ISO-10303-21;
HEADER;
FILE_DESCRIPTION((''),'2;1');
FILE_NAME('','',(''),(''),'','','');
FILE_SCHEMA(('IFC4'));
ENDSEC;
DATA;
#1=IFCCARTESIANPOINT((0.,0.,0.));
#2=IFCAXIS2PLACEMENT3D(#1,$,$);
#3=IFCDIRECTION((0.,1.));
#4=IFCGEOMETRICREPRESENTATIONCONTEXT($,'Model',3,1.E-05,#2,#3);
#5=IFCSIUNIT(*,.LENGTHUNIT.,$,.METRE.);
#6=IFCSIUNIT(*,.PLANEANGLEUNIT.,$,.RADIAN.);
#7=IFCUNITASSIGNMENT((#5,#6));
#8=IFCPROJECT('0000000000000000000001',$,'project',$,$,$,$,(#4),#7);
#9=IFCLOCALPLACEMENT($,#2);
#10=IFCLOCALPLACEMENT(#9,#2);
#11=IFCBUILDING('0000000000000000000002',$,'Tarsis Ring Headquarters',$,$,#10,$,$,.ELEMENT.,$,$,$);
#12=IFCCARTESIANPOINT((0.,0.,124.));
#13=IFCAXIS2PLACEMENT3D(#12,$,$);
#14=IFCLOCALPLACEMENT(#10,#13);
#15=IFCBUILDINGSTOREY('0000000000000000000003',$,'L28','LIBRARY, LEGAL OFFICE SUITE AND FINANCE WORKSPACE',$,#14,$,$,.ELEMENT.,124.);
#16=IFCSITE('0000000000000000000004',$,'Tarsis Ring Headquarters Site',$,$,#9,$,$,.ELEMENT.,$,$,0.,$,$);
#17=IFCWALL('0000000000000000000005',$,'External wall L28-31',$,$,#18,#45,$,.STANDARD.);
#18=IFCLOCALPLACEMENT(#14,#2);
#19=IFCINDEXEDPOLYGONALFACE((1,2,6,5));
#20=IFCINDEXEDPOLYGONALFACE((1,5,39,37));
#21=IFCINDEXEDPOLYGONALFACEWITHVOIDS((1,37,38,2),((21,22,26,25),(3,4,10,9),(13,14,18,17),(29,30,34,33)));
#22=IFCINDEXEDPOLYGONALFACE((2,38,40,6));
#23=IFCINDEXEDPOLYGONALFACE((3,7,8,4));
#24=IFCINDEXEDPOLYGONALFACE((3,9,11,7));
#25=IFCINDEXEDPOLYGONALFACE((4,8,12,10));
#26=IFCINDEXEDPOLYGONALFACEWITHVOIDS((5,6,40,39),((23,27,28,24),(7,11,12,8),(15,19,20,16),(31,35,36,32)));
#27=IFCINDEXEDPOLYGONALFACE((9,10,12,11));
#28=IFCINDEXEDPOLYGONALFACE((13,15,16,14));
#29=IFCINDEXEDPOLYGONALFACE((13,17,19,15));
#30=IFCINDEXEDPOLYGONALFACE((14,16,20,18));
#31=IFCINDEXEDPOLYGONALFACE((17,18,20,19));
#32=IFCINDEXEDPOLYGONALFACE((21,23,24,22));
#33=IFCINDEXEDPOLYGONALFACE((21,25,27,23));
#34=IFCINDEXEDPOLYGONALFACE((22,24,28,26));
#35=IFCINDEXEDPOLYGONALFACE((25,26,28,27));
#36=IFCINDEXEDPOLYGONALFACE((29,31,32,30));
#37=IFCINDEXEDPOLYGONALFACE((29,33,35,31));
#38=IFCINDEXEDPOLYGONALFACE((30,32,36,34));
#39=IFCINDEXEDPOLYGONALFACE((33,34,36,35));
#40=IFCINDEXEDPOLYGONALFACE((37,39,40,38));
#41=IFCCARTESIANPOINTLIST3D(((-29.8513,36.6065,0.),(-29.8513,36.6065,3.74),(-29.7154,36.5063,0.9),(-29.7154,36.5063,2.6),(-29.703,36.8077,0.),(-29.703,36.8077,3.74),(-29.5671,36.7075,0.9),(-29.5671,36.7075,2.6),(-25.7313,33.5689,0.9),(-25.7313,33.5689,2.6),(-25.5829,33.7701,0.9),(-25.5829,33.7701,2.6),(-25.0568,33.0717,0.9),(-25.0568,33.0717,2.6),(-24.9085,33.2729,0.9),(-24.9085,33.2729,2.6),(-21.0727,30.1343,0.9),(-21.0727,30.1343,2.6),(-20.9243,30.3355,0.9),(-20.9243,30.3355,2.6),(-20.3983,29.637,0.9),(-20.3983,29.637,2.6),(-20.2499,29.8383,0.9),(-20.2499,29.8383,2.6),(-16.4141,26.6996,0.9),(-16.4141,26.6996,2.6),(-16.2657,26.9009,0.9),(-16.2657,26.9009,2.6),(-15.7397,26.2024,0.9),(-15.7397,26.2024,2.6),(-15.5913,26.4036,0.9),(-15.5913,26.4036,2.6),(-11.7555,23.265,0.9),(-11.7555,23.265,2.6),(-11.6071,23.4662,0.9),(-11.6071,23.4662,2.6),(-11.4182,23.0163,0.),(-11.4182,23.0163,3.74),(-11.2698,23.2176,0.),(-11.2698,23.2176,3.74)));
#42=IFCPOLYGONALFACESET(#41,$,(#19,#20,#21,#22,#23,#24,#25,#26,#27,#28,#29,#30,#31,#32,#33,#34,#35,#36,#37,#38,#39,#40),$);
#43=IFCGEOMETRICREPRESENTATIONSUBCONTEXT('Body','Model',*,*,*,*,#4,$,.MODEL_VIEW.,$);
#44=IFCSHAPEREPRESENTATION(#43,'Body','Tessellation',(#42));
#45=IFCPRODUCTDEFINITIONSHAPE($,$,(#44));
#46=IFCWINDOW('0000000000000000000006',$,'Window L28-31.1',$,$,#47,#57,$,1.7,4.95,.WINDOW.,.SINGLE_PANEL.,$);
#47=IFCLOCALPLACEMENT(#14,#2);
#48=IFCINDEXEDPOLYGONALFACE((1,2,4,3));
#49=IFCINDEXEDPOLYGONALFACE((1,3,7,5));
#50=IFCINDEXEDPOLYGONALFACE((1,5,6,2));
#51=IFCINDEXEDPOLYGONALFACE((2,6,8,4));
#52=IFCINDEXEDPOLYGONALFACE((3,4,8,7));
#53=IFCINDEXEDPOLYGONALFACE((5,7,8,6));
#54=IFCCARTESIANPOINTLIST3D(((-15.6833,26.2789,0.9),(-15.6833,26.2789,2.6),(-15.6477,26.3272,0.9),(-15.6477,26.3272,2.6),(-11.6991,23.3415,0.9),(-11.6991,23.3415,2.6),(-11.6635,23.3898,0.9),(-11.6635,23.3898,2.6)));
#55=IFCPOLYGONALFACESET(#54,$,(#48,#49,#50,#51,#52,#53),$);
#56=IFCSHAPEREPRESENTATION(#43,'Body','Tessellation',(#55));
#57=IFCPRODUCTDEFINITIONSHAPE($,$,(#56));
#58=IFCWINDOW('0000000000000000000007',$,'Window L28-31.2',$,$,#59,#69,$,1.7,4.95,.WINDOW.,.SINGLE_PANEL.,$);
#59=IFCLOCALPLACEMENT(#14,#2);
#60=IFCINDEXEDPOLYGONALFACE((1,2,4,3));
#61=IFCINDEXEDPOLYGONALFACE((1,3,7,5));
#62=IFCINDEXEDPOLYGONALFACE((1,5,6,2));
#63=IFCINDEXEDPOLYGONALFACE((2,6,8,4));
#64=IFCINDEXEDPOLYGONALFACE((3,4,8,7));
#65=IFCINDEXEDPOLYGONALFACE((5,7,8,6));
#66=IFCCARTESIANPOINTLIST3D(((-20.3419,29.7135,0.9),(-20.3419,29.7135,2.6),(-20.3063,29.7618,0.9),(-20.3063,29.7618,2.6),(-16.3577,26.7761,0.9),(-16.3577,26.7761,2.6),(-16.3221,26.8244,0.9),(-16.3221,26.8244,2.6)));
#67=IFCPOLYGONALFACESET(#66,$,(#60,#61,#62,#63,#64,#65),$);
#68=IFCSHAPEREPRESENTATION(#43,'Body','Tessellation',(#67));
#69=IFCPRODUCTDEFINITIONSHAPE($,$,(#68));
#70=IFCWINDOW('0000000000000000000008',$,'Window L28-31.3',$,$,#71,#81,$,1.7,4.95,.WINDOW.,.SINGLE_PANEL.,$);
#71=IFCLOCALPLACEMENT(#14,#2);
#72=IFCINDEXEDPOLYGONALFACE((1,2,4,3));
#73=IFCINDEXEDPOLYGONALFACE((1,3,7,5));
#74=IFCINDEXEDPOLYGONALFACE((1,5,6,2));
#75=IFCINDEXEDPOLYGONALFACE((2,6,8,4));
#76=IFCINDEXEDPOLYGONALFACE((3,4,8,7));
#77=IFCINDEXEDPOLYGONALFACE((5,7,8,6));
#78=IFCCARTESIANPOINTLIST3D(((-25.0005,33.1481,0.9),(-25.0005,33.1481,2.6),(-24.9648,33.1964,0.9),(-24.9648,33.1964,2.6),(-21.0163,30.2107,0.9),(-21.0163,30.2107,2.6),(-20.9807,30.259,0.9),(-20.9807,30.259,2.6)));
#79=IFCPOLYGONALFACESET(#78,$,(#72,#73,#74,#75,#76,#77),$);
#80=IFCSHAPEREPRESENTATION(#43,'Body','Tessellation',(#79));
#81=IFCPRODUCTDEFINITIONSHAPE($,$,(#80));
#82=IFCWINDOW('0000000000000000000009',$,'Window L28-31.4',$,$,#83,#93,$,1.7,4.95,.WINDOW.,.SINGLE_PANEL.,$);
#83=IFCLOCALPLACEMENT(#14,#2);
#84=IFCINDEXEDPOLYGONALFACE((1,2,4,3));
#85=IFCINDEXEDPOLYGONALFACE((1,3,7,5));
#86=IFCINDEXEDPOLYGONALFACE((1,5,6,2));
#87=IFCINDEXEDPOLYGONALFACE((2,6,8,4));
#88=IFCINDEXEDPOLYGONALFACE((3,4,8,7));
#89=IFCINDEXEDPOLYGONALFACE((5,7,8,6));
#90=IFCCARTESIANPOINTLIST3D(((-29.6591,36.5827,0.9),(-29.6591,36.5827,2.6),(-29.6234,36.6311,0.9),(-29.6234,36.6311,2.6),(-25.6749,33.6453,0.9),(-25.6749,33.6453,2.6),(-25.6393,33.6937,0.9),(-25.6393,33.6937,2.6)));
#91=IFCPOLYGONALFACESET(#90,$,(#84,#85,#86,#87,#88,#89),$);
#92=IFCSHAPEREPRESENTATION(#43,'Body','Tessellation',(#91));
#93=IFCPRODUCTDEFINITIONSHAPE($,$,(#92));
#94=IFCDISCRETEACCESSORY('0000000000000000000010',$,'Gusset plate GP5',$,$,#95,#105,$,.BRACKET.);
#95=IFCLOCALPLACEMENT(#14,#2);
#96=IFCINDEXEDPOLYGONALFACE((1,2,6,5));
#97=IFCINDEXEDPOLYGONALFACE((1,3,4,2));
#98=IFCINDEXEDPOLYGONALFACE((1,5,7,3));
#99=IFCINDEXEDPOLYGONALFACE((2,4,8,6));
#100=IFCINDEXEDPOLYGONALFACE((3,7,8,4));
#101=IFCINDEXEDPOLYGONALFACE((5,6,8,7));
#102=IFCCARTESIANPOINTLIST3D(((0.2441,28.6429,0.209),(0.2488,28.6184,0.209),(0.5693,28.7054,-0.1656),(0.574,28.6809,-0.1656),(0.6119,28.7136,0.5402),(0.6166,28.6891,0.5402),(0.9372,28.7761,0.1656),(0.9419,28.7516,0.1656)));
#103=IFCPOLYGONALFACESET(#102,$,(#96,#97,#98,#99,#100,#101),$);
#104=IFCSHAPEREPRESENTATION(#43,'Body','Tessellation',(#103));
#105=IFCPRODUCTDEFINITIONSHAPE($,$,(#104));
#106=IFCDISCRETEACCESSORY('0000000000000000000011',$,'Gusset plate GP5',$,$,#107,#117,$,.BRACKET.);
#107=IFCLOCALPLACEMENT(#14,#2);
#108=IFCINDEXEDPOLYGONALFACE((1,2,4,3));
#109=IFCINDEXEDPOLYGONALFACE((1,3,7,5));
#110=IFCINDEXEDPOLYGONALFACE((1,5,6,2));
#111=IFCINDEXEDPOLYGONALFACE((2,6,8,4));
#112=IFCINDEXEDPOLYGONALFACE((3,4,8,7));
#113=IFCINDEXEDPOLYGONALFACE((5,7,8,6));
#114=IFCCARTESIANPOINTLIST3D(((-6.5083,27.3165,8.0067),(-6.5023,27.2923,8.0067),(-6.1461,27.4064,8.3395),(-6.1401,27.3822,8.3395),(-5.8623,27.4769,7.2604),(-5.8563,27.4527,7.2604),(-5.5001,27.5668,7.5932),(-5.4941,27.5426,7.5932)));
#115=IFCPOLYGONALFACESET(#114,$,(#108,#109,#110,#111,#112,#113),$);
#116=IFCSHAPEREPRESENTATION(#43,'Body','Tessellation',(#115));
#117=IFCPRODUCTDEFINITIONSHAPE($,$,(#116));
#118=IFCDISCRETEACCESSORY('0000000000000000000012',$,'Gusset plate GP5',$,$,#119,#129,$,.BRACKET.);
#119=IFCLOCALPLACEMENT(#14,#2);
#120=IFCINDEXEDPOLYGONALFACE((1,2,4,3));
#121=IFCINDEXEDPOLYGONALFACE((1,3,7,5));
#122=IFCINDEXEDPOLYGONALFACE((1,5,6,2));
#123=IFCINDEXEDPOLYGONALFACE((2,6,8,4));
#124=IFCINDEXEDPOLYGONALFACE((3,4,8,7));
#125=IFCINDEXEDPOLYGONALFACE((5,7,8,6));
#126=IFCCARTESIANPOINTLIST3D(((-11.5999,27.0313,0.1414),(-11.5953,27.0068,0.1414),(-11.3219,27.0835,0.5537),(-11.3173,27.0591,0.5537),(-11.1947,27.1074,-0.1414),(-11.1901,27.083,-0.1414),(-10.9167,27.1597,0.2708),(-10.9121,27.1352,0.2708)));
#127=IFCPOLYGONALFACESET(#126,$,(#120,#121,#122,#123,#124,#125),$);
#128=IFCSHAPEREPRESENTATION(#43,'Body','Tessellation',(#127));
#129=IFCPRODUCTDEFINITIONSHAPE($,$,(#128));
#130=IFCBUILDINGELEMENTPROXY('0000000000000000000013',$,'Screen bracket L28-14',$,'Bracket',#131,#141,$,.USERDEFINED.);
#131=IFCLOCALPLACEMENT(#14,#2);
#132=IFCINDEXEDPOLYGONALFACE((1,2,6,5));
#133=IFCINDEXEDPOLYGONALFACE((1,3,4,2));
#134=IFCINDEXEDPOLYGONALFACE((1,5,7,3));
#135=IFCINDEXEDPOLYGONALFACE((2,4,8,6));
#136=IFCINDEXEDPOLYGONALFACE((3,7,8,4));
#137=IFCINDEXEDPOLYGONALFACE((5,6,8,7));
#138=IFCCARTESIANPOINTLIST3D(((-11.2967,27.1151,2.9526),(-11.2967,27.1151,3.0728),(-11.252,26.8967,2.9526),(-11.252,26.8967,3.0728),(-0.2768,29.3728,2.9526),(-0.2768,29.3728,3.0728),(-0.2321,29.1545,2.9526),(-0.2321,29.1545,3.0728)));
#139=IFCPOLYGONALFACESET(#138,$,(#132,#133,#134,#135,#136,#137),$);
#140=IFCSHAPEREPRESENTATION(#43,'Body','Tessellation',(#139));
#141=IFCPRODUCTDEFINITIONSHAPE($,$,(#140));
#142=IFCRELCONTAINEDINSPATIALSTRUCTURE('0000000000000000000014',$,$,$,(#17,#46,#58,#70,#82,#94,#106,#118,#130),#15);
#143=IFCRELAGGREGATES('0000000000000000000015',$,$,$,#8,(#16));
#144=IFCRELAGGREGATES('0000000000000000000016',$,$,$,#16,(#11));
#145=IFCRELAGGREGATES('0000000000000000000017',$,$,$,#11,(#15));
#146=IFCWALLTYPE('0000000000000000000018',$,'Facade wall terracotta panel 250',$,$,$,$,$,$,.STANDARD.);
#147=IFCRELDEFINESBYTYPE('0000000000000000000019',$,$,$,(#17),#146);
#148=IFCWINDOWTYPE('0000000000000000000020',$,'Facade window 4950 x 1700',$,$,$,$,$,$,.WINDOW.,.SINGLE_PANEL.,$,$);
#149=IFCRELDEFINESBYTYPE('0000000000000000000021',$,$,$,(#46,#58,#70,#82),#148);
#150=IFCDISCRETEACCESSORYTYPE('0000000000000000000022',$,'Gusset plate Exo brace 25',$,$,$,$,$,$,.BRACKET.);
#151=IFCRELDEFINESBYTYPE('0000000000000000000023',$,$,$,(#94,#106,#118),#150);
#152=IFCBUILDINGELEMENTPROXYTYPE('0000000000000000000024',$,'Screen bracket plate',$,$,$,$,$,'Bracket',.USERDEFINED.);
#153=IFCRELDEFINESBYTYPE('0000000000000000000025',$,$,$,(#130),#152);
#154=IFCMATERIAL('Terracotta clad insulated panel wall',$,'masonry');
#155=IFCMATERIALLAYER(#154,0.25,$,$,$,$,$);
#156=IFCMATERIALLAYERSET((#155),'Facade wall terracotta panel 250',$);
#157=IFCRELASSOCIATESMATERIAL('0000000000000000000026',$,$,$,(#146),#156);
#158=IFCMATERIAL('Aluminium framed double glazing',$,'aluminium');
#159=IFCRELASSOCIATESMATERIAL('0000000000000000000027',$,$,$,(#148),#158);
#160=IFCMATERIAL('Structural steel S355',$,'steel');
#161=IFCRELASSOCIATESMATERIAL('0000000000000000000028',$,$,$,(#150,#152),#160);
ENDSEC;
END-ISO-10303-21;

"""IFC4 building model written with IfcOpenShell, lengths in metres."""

from ifc_helpers import new_model, si_unit, direction, frame, frame_2d, origin, origin_2d, place, context, subcontext, project, spatial, rectangle, extrude, material, layer, layer_set, material_profile, profile_set, type_object, element, fill, save


model = new_model("IFC4")

# Units and contexts
model_context = context("Model", 3, precision=1e-05, world=origin(), true_north=direction((0.0, 1.0)))
body_context = subcontext(model_context, "Body", "Model", "MODEL_VIEW")
ifc_project = project(units=[si_unit("LENGTHUNIT", "METRE"), si_unit("PLANEANGLEUNIT", "RADIAN")], contexts=[model_context])

# Site, building, storey
site_placement = place(None, origin())
site = spatial("IfcSite", under=ifc_project, at=site_placement, Name="Tarsis Ring Headquarters Site", CompositionType="ELEMENT", RefElevation=0.0)
building_placement = place(site_placement, origin())
building = spatial("IfcBuilding", under=site, at=building_placement, Name="Tarsis Ring Headquarters", CompositionType="ELEMENT")
storey_placement = place(building_placement, frame((0.0, 0.0, 124.0)))
storey = spatial("IfcBuildingStorey", under=building, at=storey_placement, Name="L28", Description="LIBRARY, LEGAL OFFICE SUITE AND FINANCE WORKSPACE", CompositionType="ELEMENT", Elevation=124.0)

# Shared definitions
ifc_material_1 = material(Name="Structural steel S355", Category="steel")

# Shared definitions
ifc_material_2 = material(Name="Terracotta clad insulated panel wall", Category="masonry")
ifc_layer_1 = layer(ifc_material_2, 0.25)
ifc_layer_set_1 = layer_set([ifc_layer_1], Name="Facade wall terracotta panel 250")
wall_type_1 = type_object("IfcWallType", Name="Facade wall terracotta panel 250", PredefinedType="STANDARD", material=ifc_layer_set_1)
ifc_material_3 = material(Name="Aluminium framed double glazing", Category="aluminium")

# Wall, openings, windows
wall_1_placement = place(storey_placement, frame((-11.344, 23.1169, 0.0), z_axis=(0.0, 0.0, 1.0), x_axis=(-0.804893, 0.59342, 0.0)))
wall_1 = element("IfcWall", 1, at=wall_1_placement, inside=storey, type_object=wall_type_1, Name="External wall L28-31", PredefinedType="STANDARD", context=body_context, shape_type="SweptSolid", body=[
    extrude(rectangle(XDim=22.9014, YDim=0.25, at=frame_2d((11.4507, 0.0))), origin(), (0.0, 0.0, 1.0), 3.74),
])
opening_1_placement = place(wall_1_placement, frame((0.4189, 0.0, 0.8999)))
opening_1 = element("IfcOpeningElement", 2, at=opening_1_placement, cuts=wall_1, PredefinedType="OPENING", context=body_context, shape_type="SweptSolid", body=[
    extrude(rectangle(XDim=4.95, YDim=1.7, at=frame_2d((2.4751, 0.8501))), frame((0.0, 0.135, 0.0), z_axis=(0.0, -1.0, 0.0), x_axis=(1.0, 0.0, 0.0)), (0.0, 0.0, 1.0), 0.27),
])
opening_2_placement = place(wall_1_placement, frame((6.2068, 0.0, 0.8999)))
opening_2 = element("IfcOpeningElement", 3, at=opening_2_placement, cuts=wall_1, PredefinedType="OPENING", context=body_context, shape_type="SweptSolid", body=[
    extrude(rectangle(XDim=4.95, YDim=1.7, at=frame_2d((2.4751, 0.8501))), frame((0.0, 0.135, 0.0), z_axis=(0.0, -1.0, 0.0), x_axis=(1.0, 0.0, 0.0)), (0.0, 0.0, 1.0), 0.27),
])
opening_3_placement = place(wall_1_placement, frame((11.9946, 0.0, 0.8999)))
opening_3 = element("IfcOpeningElement", 4, at=opening_3_placement, cuts=wall_1, PredefinedType="OPENING", context=body_context, shape_type="SweptSolid", body=[
    extrude(rectangle(XDim=4.95, YDim=1.7, at=frame_2d((2.4751, 0.8501))), frame((0.0, 0.135, 0.0), z_axis=(0.0, -1.0, 0.0), x_axis=(1.0, 0.0, 0.0)), (0.0, 0.0, 1.0), 0.27),
])
opening_4_placement = place(wall_1_placement, frame((17.7825, 0.0, 0.8999)))
opening_4 = element("IfcOpeningElement", 5, at=opening_4_placement, cuts=wall_1, PredefinedType="OPENING", context=body_context, shape_type="SweptSolid", body=[
    extrude(rectangle(XDim=4.95, YDim=1.7, at=frame_2d((2.4751, 0.8501))), frame((0.0, 0.135, 0.0), z_axis=(0.0, -1.0, 0.0), x_axis=(1.0, 0.0, 0.0)), (0.0, 0.0, 1.0), 0.27),
])
window_type_1 = type_object("IfcWindowType", Name="Facade window 4950 x 1700", PartitioningType="SINGLE_PANEL", PredefinedType="WINDOW", material=ifc_material_3)
window_1_placement = place(opening_1_placement, origin())
window_1 = element("IfcWindow", 6, at=window_1_placement, inside=storey, type_object=window_type_1, Name="Window L28-31.1", OverallHeight=1.7, OverallWidth=4.95, PartitioningType="SINGLE_PANEL", PredefinedType="WINDOW", context=body_context, shape_type="SweptSolid", body=[
    extrude(rectangle(XDim=4.95, YDim=1.7, at=frame_2d((2.4751, 0.8501))), frame((0.0, 0.03, 0.0), z_axis=(0.0, -1.0, 0.0), x_axis=(1.0, 0.0, 0.0)), (0.0, 0.0, 1.0), 0.0601),
])
fill(opening_1, window_1)
window_2_placement = place(opening_2_placement, origin())
window_2 = element("IfcWindow", 7, at=window_2_placement, inside=storey, type_object=window_type_1, Name="Window L28-31.2", OverallHeight=1.7, OverallWidth=4.95, PartitioningType="SINGLE_PANEL", PredefinedType="WINDOW", context=body_context, shape_type="SweptSolid", body=[
    extrude(rectangle(XDim=4.95, YDim=1.7, at=frame_2d((2.4751, 0.8501))), frame((0.0, 0.03, 0.0), z_axis=(0.0, -1.0, 0.0), x_axis=(1.0, 0.0, 0.0)), (0.0, 0.0, 1.0), 0.0601),
])
fill(opening_2, window_2)
window_3_placement = place(opening_3_placement, origin())
window_3 = element("IfcWindow", 8, at=window_3_placement, inside=storey, type_object=window_type_1, Name="Window L28-31.3", OverallHeight=1.7, OverallWidth=4.95, PartitioningType="SINGLE_PANEL", PredefinedType="WINDOW", context=body_context, shape_type="SweptSolid", body=[
    extrude(rectangle(XDim=4.95, YDim=1.7, at=frame_2d((2.4751, 0.8501))), frame((0.0, 0.03, 0.0), z_axis=(0.0, -1.0, 0.0), x_axis=(1.0, 0.0, 0.0)), (0.0, 0.0, 1.0), 0.0601),
])
fill(opening_3, window_3)
window_4_placement = place(opening_4_placement, origin())
window_4 = element("IfcWindow", 9, at=window_4_placement, inside=storey, type_object=window_type_1, Name="Window L28-31.4", OverallHeight=1.7, OverallWidth=4.95, PartitioningType="SINGLE_PANEL", PredefinedType="WINDOW", context=body_context, shape_type="SweptSolid", body=[
    extrude(rectangle(XDim=4.95, YDim=1.7, at=frame_2d((2.4751, 0.8501))), frame((0.0, 0.03, 0.0), z_axis=(0.0, -1.0, 0.0), x_axis=(1.0, 0.0, 0.0)), (0.0, 0.0, 1.0), 0.0601),
])
fill(opening_4, window_4)

# Discrete accessories
ifc_material_profile_1 = material_profile(ifc_material_1, rectangle(XDim=0.0249, YDim=0.5, at=origin_2d()), Name="PL 25x500")
ifc_profile_set_1 = profile_set([ifc_material_profile_1], Name="Structural steel S355")
discrete_accessory_type = type_object("IfcDiscreteAccessoryType", Name="Gusset plate Exo brace 25", PredefinedType="BRACKET", material=ifc_profile_set_1)
discrete_accessory_1_placement = place(storey_placement, frame((0.7556, 28.7285, 0.0), z_axis=(-0.650498, -0.125021, 0.749147), x_axis=(0.188738, -0.982027, 0.0)))
element("IfcDiscreteAccessory", 10, at=discrete_accessory_1_placement, inside=storey, type_object=discrete_accessory_type, Name="Gusset plate GP5", PredefinedType="BRACKET", context=body_context, shape_type="SweptSolid", body=[
    extrude(rectangle(XDim=0.0249, YDim=0.5, at=origin_2d()), origin(), (0.0, 0.0, 1.0), 0.5),
])
discrete_accessory_2_placement = place(storey_placement, frame((-5.6782, 27.5098, 7.4268), z_axis=(-0.645977, -0.160396, 0.746316), x_axis=(0.240982, -0.97053, 0.0)))
element("IfcDiscreteAccessory", 11, at=discrete_accessory_2_placement, inside=storey, type_object=discrete_accessory_type, Name="Gusset plate GP5", PredefinedType="BRACKET", context=body_context, shape_type="SweptSolid", body=[
    extrude(rectangle(XDim=0.0249, YDim=0.5, at=origin_2d()), origin(), (0.0, 0.0, 1.0), 1.0),
])
discrete_accessory_3_placement = place(storey_placement, frame((-11.395, 27.0571, 0.0), z_axis=(0.556051, 0.104473, 0.824556), x_axis=(-0.184653, 0.982804, 0.0)))
element("IfcDiscreteAccessory", 12, at=discrete_accessory_3_placement, inside=storey, type_object=discrete_accessory_type, Name="Gusset plate GP5", PredefinedType="BRACKET", context=body_context, shape_type="SweptSolid", body=[
    extrude(rectangle(XDim=0.0249, YDim=0.5, at=origin_2d()), origin(), (0.0, 0.0, 1.0), 0.5),
])

# Building element proxy
building_element_proxy_type = type_object("IfcBuildingElementProxyType", Name="Screen bracket plate", ElementType="Bracket", PredefinedType="USERDEFINED", material=ifc_material_1)
proxy_placement = place(storey_placement, frame((-5.7644, 28.1348, 2.9526), z_axis=(0.0, 0.0, 1.0), x_axis=(-0.97965, -0.200714, 0.0)))
element("IfcBuildingElementProxy", 13, at=proxy_placement, inside=storey, type_object=building_element_proxy_type, Name="Screen bracket L28-14", ObjectType="Bracket", PredefinedType="USERDEFINED", context=body_context, shape_type="SweptSolid", body=[
    extrude(rectangle(XDim=11.2488, YDim=0.2229, at=origin_2d()), origin(), (0.0, 0.0, 1.0), 0.1201),
])

save(model, "model.ifc")
